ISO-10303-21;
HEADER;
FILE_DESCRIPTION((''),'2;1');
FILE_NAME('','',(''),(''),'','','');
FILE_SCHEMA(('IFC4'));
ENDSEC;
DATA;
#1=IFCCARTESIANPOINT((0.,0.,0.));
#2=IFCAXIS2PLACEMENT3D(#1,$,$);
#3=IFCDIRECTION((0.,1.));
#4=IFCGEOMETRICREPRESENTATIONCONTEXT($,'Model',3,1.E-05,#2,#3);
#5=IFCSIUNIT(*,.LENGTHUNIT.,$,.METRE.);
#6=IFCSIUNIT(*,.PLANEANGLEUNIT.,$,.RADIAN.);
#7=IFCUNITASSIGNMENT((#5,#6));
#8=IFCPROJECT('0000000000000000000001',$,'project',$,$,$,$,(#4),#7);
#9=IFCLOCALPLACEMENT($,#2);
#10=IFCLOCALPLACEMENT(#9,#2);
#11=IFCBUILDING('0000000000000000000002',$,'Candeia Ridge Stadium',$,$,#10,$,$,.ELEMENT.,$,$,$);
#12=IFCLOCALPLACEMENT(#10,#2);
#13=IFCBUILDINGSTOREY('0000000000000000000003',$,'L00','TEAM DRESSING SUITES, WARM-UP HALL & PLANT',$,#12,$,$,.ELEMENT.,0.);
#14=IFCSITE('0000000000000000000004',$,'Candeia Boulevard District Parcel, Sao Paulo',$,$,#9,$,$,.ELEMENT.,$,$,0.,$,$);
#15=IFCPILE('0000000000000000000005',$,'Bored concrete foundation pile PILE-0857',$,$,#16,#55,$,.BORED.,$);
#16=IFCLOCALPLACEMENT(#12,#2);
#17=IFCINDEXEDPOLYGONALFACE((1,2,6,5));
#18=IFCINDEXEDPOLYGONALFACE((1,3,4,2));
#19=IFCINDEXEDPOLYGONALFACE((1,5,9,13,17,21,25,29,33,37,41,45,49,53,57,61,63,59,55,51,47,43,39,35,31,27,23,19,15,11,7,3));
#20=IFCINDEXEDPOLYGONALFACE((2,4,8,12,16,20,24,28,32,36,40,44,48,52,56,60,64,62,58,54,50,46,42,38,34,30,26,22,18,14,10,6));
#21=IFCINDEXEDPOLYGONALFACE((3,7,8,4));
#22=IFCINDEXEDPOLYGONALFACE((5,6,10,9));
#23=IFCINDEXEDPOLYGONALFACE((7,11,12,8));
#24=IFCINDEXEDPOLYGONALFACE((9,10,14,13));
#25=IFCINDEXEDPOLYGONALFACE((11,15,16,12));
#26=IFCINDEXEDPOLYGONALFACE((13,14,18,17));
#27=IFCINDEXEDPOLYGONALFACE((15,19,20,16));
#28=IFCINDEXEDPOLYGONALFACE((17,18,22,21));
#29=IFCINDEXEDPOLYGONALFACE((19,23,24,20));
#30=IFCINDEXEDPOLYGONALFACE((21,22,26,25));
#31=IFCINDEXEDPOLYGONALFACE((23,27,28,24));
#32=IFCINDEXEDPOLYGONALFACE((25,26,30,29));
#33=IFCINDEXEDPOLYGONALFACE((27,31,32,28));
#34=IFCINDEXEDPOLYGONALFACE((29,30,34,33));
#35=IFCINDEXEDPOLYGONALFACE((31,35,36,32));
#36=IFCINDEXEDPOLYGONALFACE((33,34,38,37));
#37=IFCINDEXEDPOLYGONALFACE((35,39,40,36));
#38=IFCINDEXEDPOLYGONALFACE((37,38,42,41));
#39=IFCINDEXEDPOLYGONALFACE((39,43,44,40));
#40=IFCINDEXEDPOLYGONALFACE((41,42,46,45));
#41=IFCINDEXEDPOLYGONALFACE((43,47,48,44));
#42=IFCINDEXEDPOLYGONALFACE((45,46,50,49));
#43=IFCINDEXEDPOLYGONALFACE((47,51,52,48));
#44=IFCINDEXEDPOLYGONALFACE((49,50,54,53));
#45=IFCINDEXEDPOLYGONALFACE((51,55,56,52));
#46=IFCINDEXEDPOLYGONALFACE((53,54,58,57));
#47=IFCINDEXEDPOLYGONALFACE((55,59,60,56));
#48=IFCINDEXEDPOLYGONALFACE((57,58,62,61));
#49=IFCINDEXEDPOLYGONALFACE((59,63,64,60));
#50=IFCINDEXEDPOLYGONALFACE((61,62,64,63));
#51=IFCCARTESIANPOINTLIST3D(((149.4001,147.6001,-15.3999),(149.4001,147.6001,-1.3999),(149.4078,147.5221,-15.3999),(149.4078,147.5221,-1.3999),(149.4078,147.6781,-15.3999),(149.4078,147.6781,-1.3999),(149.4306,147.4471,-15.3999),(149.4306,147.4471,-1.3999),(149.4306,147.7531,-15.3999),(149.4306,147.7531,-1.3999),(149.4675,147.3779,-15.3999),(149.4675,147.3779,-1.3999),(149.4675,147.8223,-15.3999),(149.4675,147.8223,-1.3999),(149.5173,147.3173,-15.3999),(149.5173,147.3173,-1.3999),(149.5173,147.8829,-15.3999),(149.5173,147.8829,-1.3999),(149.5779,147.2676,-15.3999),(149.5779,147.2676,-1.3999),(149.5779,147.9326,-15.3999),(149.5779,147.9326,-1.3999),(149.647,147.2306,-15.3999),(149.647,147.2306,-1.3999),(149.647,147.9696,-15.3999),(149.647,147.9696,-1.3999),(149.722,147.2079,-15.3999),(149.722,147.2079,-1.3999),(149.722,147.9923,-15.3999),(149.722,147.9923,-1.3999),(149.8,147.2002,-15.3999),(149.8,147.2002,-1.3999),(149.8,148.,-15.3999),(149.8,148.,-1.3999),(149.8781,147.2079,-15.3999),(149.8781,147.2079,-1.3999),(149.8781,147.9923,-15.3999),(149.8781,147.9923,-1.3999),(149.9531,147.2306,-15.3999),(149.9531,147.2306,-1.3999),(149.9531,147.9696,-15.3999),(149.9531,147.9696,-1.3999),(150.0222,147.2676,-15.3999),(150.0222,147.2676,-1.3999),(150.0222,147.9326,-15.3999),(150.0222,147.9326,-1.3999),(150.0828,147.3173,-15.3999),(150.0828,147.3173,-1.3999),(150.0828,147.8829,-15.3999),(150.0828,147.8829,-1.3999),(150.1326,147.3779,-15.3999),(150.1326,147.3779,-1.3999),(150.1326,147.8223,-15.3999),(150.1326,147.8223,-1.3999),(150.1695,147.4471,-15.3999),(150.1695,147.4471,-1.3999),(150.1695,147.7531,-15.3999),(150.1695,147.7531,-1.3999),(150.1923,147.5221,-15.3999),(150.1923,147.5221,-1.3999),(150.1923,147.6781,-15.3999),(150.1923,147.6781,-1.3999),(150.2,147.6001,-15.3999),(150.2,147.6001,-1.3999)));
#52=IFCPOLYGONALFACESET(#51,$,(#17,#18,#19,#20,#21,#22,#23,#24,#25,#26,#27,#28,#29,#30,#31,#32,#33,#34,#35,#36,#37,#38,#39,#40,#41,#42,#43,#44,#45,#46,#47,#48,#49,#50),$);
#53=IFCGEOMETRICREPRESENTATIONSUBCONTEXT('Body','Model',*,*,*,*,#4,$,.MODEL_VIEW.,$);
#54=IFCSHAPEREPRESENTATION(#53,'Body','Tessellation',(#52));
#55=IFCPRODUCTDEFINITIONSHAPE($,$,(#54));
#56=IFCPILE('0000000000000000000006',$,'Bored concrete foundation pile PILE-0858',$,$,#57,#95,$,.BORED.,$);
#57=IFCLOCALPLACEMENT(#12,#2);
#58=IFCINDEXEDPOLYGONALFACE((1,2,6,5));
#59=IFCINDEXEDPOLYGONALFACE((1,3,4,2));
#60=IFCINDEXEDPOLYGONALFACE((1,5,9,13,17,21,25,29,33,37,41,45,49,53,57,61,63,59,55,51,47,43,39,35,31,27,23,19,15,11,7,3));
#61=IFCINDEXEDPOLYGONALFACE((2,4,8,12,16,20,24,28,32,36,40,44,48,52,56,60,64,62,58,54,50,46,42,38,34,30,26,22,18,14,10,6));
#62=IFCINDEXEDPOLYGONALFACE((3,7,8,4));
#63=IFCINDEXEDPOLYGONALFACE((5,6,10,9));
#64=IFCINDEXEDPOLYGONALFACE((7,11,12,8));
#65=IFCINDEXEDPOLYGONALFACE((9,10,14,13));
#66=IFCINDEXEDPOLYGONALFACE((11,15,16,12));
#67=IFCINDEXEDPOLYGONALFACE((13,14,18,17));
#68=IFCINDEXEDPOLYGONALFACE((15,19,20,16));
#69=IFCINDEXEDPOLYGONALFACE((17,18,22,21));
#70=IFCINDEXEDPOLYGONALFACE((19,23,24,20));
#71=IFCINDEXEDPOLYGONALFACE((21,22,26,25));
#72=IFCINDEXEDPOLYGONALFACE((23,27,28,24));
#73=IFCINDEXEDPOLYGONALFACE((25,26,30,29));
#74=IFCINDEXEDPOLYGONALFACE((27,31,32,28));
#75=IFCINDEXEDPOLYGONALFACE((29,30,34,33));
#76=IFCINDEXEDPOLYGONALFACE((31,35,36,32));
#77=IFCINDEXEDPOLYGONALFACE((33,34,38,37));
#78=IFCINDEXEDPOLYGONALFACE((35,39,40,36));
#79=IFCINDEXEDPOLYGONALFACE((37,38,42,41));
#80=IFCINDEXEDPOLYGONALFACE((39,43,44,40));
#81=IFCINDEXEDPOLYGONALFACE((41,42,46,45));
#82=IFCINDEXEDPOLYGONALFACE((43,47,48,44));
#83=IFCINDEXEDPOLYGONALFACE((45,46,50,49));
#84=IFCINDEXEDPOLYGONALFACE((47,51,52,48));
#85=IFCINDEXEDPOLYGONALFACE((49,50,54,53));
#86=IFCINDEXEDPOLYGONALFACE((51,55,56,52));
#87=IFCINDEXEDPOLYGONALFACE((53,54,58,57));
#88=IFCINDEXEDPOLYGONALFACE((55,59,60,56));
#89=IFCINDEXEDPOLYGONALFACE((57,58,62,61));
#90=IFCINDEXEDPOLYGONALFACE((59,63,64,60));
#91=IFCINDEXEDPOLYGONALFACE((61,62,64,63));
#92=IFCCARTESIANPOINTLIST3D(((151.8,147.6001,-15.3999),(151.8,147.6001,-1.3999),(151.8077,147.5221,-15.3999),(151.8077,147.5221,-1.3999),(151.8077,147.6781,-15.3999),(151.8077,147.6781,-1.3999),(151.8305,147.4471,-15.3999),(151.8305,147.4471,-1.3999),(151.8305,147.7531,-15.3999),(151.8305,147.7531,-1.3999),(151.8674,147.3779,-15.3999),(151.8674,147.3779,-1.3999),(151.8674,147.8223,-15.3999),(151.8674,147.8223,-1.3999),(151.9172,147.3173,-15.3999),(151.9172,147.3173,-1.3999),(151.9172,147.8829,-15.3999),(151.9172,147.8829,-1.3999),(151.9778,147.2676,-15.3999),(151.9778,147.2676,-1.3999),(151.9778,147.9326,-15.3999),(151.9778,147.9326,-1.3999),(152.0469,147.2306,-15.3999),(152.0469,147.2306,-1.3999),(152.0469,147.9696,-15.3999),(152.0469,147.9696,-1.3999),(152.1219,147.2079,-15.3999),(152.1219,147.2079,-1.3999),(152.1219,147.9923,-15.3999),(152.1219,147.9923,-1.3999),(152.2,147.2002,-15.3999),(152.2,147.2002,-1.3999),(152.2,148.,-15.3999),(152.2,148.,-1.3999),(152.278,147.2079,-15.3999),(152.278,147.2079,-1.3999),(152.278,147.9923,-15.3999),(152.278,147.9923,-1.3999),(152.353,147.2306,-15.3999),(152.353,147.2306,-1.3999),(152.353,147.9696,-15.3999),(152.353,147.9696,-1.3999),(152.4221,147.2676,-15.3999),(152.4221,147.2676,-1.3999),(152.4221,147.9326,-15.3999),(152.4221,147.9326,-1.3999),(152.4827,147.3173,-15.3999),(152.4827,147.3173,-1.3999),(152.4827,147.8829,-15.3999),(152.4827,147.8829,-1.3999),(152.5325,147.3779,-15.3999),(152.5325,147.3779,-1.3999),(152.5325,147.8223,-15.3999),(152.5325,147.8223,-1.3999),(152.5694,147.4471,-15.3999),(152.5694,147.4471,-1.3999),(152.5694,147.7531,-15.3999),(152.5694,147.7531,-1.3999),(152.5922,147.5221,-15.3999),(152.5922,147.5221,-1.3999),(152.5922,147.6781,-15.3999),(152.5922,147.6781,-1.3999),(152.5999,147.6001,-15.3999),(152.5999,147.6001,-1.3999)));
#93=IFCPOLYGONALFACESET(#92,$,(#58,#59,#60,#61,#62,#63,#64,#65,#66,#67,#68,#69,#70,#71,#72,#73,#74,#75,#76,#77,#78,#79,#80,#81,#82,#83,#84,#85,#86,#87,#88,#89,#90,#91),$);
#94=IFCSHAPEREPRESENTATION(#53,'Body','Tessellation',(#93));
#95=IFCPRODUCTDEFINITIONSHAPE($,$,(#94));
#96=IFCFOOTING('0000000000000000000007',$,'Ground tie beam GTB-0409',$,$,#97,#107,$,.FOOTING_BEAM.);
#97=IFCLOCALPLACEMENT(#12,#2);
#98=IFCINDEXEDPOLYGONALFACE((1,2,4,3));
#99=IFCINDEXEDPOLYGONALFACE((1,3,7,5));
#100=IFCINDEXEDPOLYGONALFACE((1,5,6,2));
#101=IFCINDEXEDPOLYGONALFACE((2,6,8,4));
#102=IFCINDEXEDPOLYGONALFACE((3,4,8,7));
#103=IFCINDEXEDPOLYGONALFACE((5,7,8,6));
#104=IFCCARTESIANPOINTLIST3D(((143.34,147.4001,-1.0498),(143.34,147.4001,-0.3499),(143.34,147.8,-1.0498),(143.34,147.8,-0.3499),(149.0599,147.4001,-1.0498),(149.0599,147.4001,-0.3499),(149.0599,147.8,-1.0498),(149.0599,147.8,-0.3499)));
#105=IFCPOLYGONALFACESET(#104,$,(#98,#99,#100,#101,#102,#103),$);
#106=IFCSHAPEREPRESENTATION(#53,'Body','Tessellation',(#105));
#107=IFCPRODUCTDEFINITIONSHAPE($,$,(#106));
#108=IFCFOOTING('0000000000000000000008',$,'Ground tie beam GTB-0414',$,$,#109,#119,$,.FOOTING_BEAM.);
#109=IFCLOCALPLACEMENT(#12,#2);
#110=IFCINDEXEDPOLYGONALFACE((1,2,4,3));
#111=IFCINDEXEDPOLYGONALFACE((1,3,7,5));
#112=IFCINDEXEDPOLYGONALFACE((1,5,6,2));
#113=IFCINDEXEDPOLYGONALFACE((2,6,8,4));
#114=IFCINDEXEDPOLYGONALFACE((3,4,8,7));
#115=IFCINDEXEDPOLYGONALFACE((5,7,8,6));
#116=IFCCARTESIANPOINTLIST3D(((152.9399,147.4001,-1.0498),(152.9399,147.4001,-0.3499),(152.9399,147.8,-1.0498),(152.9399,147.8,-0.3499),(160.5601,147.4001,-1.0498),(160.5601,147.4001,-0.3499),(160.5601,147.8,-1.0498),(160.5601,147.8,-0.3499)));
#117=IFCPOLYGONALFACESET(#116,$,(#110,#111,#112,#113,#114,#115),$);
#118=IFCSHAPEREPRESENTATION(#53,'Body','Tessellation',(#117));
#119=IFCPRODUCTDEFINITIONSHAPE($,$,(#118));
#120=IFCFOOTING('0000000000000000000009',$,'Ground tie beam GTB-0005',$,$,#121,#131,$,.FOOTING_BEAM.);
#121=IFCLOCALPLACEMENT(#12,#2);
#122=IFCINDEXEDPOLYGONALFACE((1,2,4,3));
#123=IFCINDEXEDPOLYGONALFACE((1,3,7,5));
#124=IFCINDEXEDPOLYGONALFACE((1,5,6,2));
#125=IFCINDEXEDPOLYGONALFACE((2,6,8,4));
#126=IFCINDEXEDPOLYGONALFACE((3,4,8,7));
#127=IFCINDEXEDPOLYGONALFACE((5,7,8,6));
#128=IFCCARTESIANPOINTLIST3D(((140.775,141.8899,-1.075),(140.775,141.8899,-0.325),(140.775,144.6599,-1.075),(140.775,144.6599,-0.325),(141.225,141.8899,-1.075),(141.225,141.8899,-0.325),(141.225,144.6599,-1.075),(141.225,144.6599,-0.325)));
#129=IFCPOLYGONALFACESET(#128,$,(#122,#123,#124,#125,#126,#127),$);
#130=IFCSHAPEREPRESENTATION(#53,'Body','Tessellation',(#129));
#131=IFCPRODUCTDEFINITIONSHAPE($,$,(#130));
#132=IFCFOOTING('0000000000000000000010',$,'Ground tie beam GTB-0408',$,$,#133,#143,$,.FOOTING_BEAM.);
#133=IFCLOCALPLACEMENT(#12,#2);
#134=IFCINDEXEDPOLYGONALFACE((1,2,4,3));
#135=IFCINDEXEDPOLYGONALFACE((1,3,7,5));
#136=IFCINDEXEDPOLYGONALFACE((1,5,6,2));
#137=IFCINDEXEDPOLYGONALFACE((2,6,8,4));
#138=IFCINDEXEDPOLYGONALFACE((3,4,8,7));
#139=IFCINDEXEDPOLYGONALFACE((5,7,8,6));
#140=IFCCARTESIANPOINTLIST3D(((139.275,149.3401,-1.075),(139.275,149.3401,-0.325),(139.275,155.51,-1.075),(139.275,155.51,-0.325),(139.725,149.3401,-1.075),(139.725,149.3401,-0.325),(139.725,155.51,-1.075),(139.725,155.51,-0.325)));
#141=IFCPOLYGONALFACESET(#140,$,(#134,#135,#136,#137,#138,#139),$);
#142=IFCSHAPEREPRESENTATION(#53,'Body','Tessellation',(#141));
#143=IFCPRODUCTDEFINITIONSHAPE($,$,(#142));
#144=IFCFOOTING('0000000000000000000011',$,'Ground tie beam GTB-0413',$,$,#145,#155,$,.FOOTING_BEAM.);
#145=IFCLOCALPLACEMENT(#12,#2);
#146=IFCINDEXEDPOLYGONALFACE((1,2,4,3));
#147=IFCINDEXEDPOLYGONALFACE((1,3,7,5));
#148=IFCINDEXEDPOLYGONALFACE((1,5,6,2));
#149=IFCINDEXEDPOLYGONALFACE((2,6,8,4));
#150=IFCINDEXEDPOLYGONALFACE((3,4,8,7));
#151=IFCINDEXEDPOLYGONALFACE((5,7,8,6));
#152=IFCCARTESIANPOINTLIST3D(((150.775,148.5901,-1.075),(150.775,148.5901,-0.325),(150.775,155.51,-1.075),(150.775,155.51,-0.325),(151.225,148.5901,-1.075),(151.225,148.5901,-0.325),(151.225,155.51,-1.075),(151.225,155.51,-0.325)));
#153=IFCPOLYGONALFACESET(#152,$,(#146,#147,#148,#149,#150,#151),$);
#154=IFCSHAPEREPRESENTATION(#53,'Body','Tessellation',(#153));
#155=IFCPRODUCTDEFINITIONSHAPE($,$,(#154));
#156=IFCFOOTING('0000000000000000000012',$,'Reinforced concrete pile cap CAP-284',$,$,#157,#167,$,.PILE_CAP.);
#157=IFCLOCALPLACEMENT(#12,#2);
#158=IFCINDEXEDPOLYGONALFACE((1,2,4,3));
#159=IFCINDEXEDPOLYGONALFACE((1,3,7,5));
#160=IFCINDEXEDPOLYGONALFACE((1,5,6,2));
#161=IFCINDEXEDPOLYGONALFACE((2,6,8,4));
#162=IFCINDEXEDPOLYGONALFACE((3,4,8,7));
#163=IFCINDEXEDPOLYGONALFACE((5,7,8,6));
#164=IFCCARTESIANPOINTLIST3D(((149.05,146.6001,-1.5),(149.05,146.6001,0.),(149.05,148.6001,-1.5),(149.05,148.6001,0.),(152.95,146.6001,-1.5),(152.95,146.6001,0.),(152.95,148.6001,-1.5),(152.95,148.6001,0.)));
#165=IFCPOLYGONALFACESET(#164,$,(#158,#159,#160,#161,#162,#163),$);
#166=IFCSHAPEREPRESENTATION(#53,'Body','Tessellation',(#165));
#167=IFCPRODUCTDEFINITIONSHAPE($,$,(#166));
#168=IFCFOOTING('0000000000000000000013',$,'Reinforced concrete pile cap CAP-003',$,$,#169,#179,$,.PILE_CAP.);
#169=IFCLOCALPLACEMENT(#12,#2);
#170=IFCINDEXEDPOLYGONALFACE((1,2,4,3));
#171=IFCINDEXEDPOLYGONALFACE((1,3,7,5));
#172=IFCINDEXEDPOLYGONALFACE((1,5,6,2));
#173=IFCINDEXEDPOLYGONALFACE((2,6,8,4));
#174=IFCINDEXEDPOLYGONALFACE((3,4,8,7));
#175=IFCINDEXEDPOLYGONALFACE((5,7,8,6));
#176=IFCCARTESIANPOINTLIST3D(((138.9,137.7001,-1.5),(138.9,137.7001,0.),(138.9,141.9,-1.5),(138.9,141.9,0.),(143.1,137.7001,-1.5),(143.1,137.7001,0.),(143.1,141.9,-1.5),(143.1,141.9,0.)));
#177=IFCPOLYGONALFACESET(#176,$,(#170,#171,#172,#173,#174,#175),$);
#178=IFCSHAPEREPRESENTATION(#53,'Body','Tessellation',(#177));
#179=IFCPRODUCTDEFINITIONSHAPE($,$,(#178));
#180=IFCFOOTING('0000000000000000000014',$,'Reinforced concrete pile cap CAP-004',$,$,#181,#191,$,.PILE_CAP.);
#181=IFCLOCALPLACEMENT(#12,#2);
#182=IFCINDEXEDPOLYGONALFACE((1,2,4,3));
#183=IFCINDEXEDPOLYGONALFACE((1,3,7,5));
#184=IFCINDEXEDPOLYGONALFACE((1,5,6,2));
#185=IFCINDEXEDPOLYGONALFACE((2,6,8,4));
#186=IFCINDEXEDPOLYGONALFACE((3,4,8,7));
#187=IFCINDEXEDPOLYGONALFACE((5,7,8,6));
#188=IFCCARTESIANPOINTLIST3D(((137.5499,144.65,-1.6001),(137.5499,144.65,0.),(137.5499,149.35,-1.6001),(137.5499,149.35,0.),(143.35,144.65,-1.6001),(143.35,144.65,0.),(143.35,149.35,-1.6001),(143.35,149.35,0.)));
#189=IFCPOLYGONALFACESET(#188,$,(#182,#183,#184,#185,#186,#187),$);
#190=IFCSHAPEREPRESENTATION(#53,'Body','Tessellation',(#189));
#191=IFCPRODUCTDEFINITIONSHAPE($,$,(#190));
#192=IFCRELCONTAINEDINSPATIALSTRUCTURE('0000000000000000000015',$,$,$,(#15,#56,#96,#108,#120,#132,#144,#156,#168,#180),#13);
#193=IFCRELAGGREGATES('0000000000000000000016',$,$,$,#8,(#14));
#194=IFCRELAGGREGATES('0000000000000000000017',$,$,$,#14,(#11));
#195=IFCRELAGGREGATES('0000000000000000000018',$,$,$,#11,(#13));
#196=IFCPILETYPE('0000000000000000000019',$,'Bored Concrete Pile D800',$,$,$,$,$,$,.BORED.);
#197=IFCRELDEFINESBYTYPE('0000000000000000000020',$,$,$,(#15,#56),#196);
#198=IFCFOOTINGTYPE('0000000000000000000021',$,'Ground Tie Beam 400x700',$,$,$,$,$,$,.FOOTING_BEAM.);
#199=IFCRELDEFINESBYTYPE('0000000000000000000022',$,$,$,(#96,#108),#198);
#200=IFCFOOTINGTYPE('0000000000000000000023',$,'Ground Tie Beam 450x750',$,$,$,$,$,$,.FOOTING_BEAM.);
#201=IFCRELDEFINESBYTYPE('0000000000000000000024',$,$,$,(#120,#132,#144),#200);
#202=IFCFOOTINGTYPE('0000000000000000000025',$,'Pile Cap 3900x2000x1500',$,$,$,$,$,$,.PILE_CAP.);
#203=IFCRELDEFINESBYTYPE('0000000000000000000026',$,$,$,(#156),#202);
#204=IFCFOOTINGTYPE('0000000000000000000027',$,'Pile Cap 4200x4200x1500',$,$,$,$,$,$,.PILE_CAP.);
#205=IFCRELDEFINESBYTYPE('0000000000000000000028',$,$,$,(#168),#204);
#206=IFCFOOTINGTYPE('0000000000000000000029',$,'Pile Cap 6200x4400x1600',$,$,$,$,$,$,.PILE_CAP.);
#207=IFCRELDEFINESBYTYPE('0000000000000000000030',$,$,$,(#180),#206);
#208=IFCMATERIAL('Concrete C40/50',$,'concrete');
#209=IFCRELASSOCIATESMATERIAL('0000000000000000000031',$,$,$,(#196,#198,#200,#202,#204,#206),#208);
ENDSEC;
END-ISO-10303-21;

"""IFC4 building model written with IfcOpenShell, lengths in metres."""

from ifc_helpers import new_model, si_unit, direction, frame, origin, origin_2d, place, context, subcontext, project, spatial, rectangle, circle, extrude, material, material_profile, profile_set, type_object, element, save


model = new_model("IFC4")

# Units and contexts
model_context = context("Model", 3, precision=1e-05, world=origin(), true_north=direction((0.0, 1.0)))
body_context = subcontext(model_context, "Body", "Model", "MODEL_VIEW")
ifc_project = project(units=[si_unit("LENGTHUNIT", "METRE"), si_unit("PLANEANGLEUNIT", "RADIAN")], contexts=[model_context])

# Site, building, storey
site_placement = place(None, origin())
site = spatial("IfcSite", under=ifc_project, at=site_placement, Name="Candeia Boulevard District Parcel, Sao Paulo", CompositionType="ELEMENT", RefElevation=0.0)
building_placement = place(site_placement, origin())
building = spatial("IfcBuilding", under=site, at=building_placement, Name="Candeia Ridge Stadium", CompositionType="ELEMENT")
storey_placement = place(building_placement, origin())
storey = spatial("IfcBuildingStorey", under=building, at=storey_placement, Name="L00", Description="TEAM DRESSING SUITES, WARM-UP HALL & PLANT", CompositionType="ELEMENT", Elevation=0.0)

# Piles
ifc_material_1 = material(Name="Concrete C40/50", Category="concrete")
ifc_material_profile_1 = material_profile(ifc_material_1, circle(Radius=0.3999, at=origin_2d()), Name="PILE-D800", Category="concrete")
ifc_profile_set_1 = profile_set([ifc_material_profile_1], Name="Concrete C40/50")
pile_type_1 = type_object("IfcPileType", Name="Bored Concrete Pile D800", PredefinedType="BORED", material=ifc_profile_set_1)
for number, where, z_axis, x_axis, name in (
    (1, (149.8, 147.6001, -1.3999), (0.0, 0.0, -1.0), (1.0, 0.0, 0.0), "Bored concrete foundation pile PILE-0857"),
    (2, (152.2, 147.6001, -1.3999), (0.0, 0.0, -1.0), (1.0, 0.0, 0.0), "Bored concrete foundation pile PILE-0858"),
):
    element("IfcPile", number, at=place(storey_placement, frame(where, z_axis=z_axis, x_axis=x_axis)), inside=storey, type_object=pile_type_1, Name=name, PredefinedType="BORED", context=body_context, shape_type="SweptSolid", body=[
        extrude(circle(Radius=0.3999, at=origin_2d()), origin(), (0.0, 0.0, 1.0), 14.0),
    ])

# Footings
footing_type_1 = type_object("IfcFootingType", Name="Ground Tie Beam 400x700", PredefinedType="FOOTING_BEAM", material=ifc_material_1)
footing_1_placement = place(storey_placement, frame((146.2, 147.6001, -1.0498), z_axis=(0.0, 0.0, 1.0), x_axis=(1.0, 0.0, 0.0)))
element("IfcFooting", 3, at=footing_1_placement, inside=storey, type_object=footing_type_1, Name="Ground tie beam GTB-0409", PredefinedType="FOOTING_BEAM", context=body_context, shape_type="SweptSolid", body=[
    extrude(rectangle(XDim=5.72, YDim=0.3999, at=origin_2d()), origin(), (0.0, 0.0, 1.0), 0.7),
])
footing_2_placement = place(storey_placement, frame((156.75, 147.6001, -1.0498), z_axis=(0.0, 0.0, 1.0), x_axis=(1.0, 0.0, 0.0)))
element("IfcFooting", 4, at=footing_2_placement, inside=storey, type_object=footing_type_1, Name="Ground tie beam GTB-0414", PredefinedType="FOOTING_BEAM", context=body_context, shape_type="SweptSolid", body=[
    extrude(rectangle(XDim=7.6201, YDim=0.3999, at=origin_2d()), origin(), (0.0, 0.0, 1.0), 0.7),
])
footing_type_2 = type_object("IfcFootingType", Name="Ground Tie Beam 450x750", PredefinedType="FOOTING_BEAM", material=ifc_material_1)
footing_3_placement = place(storey_placement, frame((141.0, 143.2749, -1.075), z_axis=(0.0, 0.0, 1.0), x_axis=(0.0, 1.0, 0.0)))
element("IfcFooting", 5, at=footing_3_placement, inside=storey, type_object=footing_type_2, Name="Ground tie beam GTB-0005", PredefinedType="FOOTING_BEAM", context=body_context, shape_type="SweptSolid", body=[
    extrude(rectangle(XDim=2.77, YDim=0.45, at=origin_2d()), origin(), (0.0, 0.0, 1.0), 0.75),
])
footing_4_placement = place(storey_placement, frame((139.5, 152.425, -1.075), z_axis=(0.0, 0.0, 1.0), x_axis=(0.0, 1.0, 0.0)))
element("IfcFooting", 6, at=footing_4_placement, inside=storey, type_object=footing_type_2, Name="Ground tie beam GTB-0408", PredefinedType="FOOTING_BEAM", context=body_context, shape_type="SweptSolid", body=[
    extrude(rectangle(XDim=6.1699, YDim=0.45, at=origin_2d()), origin(), (0.0, 0.0, 1.0), 0.75),
])
footing_5_placement = place(storey_placement, frame((151.0, 152.05, -1.075), z_axis=(0.0, 0.0, 1.0), x_axis=(0.0, 1.0, 0.0)))
element("IfcFooting", 7, at=footing_5_placement, inside=storey, type_object=footing_type_2, Name="Ground tie beam GTB-0413", PredefinedType="FOOTING_BEAM", context=body_context, shape_type="SweptSolid", body=[
    extrude(rectangle(XDim=6.9199, YDim=0.45, at=origin_2d()), origin(), (0.0, 0.0, 1.0), 0.75),
])
footing_type_3 = type_object("IfcFootingType", Name="Pile Cap 3900x2000x1500", PredefinedType="PILE_CAP", material=ifc_material_1)
footing_6_placement = place(storey_placement, frame((151.0, 147.6001, -1.5), z_axis=(0.0, 0.0, 1.0), x_axis=(1.0, 0.0, 0.0)))
element("IfcFooting", 8, at=footing_6_placement, inside=storey, type_object=footing_type_3, Name="Reinforced concrete pile cap CAP-284", PredefinedType="PILE_CAP", context=body_context, shape_type="SweptSolid", body=[
    extrude(rectangle(XDim=3.8999, YDim=2.0, at=origin_2d()), origin(), (0.0, 0.0, 1.0), 1.5),
])
footing_type_4 = type_object("IfcFootingType", Name="Pile Cap 4200x4200x1500", PredefinedType="PILE_CAP", material=ifc_material_1)
footing_7_placement = place(storey_placement, frame((141.0, 139.8, -1.5), z_axis=(0.0, 0.0, 1.0), x_axis=(1.0, 0.0, 0.0)))
element("IfcFooting", 9, at=footing_7_placement, inside=storey, type_object=footing_type_4, Name="Reinforced concrete pile cap CAP-003", PredefinedType="PILE_CAP", context=body_context, shape_type="SweptSolid", body=[
    extrude(rectangle(XDim=4.2, YDim=4.2, at=origin_2d()), origin(), (0.0, 0.0, 1.0), 1.5),
])
footing_type_5 = type_object("IfcFootingType", Name="Pile Cap 6200x4400x1600", PredefinedType="PILE_CAP", material=ifc_material_1)
footing_8_placement = place(storey_placement, frame((140.45, 147.0, -1.6001), z_axis=(0.0, 0.0, 1.0), x_axis=(1.0, 0.0, 0.0)))
element("IfcFooting", 10, at=footing_8_placement, inside=storey, type_object=footing_type_5, Name="Reinforced concrete pile cap CAP-004", PredefinedType="PILE_CAP", context=body_context, shape_type="SweptSolid", body=[
    extrude(rectangle(XDim=5.8, YDim=4.7, at=origin_2d()), origin(), (0.0, 0.0, 1.0), 1.6001),
])

save(model, "model.ifc")
